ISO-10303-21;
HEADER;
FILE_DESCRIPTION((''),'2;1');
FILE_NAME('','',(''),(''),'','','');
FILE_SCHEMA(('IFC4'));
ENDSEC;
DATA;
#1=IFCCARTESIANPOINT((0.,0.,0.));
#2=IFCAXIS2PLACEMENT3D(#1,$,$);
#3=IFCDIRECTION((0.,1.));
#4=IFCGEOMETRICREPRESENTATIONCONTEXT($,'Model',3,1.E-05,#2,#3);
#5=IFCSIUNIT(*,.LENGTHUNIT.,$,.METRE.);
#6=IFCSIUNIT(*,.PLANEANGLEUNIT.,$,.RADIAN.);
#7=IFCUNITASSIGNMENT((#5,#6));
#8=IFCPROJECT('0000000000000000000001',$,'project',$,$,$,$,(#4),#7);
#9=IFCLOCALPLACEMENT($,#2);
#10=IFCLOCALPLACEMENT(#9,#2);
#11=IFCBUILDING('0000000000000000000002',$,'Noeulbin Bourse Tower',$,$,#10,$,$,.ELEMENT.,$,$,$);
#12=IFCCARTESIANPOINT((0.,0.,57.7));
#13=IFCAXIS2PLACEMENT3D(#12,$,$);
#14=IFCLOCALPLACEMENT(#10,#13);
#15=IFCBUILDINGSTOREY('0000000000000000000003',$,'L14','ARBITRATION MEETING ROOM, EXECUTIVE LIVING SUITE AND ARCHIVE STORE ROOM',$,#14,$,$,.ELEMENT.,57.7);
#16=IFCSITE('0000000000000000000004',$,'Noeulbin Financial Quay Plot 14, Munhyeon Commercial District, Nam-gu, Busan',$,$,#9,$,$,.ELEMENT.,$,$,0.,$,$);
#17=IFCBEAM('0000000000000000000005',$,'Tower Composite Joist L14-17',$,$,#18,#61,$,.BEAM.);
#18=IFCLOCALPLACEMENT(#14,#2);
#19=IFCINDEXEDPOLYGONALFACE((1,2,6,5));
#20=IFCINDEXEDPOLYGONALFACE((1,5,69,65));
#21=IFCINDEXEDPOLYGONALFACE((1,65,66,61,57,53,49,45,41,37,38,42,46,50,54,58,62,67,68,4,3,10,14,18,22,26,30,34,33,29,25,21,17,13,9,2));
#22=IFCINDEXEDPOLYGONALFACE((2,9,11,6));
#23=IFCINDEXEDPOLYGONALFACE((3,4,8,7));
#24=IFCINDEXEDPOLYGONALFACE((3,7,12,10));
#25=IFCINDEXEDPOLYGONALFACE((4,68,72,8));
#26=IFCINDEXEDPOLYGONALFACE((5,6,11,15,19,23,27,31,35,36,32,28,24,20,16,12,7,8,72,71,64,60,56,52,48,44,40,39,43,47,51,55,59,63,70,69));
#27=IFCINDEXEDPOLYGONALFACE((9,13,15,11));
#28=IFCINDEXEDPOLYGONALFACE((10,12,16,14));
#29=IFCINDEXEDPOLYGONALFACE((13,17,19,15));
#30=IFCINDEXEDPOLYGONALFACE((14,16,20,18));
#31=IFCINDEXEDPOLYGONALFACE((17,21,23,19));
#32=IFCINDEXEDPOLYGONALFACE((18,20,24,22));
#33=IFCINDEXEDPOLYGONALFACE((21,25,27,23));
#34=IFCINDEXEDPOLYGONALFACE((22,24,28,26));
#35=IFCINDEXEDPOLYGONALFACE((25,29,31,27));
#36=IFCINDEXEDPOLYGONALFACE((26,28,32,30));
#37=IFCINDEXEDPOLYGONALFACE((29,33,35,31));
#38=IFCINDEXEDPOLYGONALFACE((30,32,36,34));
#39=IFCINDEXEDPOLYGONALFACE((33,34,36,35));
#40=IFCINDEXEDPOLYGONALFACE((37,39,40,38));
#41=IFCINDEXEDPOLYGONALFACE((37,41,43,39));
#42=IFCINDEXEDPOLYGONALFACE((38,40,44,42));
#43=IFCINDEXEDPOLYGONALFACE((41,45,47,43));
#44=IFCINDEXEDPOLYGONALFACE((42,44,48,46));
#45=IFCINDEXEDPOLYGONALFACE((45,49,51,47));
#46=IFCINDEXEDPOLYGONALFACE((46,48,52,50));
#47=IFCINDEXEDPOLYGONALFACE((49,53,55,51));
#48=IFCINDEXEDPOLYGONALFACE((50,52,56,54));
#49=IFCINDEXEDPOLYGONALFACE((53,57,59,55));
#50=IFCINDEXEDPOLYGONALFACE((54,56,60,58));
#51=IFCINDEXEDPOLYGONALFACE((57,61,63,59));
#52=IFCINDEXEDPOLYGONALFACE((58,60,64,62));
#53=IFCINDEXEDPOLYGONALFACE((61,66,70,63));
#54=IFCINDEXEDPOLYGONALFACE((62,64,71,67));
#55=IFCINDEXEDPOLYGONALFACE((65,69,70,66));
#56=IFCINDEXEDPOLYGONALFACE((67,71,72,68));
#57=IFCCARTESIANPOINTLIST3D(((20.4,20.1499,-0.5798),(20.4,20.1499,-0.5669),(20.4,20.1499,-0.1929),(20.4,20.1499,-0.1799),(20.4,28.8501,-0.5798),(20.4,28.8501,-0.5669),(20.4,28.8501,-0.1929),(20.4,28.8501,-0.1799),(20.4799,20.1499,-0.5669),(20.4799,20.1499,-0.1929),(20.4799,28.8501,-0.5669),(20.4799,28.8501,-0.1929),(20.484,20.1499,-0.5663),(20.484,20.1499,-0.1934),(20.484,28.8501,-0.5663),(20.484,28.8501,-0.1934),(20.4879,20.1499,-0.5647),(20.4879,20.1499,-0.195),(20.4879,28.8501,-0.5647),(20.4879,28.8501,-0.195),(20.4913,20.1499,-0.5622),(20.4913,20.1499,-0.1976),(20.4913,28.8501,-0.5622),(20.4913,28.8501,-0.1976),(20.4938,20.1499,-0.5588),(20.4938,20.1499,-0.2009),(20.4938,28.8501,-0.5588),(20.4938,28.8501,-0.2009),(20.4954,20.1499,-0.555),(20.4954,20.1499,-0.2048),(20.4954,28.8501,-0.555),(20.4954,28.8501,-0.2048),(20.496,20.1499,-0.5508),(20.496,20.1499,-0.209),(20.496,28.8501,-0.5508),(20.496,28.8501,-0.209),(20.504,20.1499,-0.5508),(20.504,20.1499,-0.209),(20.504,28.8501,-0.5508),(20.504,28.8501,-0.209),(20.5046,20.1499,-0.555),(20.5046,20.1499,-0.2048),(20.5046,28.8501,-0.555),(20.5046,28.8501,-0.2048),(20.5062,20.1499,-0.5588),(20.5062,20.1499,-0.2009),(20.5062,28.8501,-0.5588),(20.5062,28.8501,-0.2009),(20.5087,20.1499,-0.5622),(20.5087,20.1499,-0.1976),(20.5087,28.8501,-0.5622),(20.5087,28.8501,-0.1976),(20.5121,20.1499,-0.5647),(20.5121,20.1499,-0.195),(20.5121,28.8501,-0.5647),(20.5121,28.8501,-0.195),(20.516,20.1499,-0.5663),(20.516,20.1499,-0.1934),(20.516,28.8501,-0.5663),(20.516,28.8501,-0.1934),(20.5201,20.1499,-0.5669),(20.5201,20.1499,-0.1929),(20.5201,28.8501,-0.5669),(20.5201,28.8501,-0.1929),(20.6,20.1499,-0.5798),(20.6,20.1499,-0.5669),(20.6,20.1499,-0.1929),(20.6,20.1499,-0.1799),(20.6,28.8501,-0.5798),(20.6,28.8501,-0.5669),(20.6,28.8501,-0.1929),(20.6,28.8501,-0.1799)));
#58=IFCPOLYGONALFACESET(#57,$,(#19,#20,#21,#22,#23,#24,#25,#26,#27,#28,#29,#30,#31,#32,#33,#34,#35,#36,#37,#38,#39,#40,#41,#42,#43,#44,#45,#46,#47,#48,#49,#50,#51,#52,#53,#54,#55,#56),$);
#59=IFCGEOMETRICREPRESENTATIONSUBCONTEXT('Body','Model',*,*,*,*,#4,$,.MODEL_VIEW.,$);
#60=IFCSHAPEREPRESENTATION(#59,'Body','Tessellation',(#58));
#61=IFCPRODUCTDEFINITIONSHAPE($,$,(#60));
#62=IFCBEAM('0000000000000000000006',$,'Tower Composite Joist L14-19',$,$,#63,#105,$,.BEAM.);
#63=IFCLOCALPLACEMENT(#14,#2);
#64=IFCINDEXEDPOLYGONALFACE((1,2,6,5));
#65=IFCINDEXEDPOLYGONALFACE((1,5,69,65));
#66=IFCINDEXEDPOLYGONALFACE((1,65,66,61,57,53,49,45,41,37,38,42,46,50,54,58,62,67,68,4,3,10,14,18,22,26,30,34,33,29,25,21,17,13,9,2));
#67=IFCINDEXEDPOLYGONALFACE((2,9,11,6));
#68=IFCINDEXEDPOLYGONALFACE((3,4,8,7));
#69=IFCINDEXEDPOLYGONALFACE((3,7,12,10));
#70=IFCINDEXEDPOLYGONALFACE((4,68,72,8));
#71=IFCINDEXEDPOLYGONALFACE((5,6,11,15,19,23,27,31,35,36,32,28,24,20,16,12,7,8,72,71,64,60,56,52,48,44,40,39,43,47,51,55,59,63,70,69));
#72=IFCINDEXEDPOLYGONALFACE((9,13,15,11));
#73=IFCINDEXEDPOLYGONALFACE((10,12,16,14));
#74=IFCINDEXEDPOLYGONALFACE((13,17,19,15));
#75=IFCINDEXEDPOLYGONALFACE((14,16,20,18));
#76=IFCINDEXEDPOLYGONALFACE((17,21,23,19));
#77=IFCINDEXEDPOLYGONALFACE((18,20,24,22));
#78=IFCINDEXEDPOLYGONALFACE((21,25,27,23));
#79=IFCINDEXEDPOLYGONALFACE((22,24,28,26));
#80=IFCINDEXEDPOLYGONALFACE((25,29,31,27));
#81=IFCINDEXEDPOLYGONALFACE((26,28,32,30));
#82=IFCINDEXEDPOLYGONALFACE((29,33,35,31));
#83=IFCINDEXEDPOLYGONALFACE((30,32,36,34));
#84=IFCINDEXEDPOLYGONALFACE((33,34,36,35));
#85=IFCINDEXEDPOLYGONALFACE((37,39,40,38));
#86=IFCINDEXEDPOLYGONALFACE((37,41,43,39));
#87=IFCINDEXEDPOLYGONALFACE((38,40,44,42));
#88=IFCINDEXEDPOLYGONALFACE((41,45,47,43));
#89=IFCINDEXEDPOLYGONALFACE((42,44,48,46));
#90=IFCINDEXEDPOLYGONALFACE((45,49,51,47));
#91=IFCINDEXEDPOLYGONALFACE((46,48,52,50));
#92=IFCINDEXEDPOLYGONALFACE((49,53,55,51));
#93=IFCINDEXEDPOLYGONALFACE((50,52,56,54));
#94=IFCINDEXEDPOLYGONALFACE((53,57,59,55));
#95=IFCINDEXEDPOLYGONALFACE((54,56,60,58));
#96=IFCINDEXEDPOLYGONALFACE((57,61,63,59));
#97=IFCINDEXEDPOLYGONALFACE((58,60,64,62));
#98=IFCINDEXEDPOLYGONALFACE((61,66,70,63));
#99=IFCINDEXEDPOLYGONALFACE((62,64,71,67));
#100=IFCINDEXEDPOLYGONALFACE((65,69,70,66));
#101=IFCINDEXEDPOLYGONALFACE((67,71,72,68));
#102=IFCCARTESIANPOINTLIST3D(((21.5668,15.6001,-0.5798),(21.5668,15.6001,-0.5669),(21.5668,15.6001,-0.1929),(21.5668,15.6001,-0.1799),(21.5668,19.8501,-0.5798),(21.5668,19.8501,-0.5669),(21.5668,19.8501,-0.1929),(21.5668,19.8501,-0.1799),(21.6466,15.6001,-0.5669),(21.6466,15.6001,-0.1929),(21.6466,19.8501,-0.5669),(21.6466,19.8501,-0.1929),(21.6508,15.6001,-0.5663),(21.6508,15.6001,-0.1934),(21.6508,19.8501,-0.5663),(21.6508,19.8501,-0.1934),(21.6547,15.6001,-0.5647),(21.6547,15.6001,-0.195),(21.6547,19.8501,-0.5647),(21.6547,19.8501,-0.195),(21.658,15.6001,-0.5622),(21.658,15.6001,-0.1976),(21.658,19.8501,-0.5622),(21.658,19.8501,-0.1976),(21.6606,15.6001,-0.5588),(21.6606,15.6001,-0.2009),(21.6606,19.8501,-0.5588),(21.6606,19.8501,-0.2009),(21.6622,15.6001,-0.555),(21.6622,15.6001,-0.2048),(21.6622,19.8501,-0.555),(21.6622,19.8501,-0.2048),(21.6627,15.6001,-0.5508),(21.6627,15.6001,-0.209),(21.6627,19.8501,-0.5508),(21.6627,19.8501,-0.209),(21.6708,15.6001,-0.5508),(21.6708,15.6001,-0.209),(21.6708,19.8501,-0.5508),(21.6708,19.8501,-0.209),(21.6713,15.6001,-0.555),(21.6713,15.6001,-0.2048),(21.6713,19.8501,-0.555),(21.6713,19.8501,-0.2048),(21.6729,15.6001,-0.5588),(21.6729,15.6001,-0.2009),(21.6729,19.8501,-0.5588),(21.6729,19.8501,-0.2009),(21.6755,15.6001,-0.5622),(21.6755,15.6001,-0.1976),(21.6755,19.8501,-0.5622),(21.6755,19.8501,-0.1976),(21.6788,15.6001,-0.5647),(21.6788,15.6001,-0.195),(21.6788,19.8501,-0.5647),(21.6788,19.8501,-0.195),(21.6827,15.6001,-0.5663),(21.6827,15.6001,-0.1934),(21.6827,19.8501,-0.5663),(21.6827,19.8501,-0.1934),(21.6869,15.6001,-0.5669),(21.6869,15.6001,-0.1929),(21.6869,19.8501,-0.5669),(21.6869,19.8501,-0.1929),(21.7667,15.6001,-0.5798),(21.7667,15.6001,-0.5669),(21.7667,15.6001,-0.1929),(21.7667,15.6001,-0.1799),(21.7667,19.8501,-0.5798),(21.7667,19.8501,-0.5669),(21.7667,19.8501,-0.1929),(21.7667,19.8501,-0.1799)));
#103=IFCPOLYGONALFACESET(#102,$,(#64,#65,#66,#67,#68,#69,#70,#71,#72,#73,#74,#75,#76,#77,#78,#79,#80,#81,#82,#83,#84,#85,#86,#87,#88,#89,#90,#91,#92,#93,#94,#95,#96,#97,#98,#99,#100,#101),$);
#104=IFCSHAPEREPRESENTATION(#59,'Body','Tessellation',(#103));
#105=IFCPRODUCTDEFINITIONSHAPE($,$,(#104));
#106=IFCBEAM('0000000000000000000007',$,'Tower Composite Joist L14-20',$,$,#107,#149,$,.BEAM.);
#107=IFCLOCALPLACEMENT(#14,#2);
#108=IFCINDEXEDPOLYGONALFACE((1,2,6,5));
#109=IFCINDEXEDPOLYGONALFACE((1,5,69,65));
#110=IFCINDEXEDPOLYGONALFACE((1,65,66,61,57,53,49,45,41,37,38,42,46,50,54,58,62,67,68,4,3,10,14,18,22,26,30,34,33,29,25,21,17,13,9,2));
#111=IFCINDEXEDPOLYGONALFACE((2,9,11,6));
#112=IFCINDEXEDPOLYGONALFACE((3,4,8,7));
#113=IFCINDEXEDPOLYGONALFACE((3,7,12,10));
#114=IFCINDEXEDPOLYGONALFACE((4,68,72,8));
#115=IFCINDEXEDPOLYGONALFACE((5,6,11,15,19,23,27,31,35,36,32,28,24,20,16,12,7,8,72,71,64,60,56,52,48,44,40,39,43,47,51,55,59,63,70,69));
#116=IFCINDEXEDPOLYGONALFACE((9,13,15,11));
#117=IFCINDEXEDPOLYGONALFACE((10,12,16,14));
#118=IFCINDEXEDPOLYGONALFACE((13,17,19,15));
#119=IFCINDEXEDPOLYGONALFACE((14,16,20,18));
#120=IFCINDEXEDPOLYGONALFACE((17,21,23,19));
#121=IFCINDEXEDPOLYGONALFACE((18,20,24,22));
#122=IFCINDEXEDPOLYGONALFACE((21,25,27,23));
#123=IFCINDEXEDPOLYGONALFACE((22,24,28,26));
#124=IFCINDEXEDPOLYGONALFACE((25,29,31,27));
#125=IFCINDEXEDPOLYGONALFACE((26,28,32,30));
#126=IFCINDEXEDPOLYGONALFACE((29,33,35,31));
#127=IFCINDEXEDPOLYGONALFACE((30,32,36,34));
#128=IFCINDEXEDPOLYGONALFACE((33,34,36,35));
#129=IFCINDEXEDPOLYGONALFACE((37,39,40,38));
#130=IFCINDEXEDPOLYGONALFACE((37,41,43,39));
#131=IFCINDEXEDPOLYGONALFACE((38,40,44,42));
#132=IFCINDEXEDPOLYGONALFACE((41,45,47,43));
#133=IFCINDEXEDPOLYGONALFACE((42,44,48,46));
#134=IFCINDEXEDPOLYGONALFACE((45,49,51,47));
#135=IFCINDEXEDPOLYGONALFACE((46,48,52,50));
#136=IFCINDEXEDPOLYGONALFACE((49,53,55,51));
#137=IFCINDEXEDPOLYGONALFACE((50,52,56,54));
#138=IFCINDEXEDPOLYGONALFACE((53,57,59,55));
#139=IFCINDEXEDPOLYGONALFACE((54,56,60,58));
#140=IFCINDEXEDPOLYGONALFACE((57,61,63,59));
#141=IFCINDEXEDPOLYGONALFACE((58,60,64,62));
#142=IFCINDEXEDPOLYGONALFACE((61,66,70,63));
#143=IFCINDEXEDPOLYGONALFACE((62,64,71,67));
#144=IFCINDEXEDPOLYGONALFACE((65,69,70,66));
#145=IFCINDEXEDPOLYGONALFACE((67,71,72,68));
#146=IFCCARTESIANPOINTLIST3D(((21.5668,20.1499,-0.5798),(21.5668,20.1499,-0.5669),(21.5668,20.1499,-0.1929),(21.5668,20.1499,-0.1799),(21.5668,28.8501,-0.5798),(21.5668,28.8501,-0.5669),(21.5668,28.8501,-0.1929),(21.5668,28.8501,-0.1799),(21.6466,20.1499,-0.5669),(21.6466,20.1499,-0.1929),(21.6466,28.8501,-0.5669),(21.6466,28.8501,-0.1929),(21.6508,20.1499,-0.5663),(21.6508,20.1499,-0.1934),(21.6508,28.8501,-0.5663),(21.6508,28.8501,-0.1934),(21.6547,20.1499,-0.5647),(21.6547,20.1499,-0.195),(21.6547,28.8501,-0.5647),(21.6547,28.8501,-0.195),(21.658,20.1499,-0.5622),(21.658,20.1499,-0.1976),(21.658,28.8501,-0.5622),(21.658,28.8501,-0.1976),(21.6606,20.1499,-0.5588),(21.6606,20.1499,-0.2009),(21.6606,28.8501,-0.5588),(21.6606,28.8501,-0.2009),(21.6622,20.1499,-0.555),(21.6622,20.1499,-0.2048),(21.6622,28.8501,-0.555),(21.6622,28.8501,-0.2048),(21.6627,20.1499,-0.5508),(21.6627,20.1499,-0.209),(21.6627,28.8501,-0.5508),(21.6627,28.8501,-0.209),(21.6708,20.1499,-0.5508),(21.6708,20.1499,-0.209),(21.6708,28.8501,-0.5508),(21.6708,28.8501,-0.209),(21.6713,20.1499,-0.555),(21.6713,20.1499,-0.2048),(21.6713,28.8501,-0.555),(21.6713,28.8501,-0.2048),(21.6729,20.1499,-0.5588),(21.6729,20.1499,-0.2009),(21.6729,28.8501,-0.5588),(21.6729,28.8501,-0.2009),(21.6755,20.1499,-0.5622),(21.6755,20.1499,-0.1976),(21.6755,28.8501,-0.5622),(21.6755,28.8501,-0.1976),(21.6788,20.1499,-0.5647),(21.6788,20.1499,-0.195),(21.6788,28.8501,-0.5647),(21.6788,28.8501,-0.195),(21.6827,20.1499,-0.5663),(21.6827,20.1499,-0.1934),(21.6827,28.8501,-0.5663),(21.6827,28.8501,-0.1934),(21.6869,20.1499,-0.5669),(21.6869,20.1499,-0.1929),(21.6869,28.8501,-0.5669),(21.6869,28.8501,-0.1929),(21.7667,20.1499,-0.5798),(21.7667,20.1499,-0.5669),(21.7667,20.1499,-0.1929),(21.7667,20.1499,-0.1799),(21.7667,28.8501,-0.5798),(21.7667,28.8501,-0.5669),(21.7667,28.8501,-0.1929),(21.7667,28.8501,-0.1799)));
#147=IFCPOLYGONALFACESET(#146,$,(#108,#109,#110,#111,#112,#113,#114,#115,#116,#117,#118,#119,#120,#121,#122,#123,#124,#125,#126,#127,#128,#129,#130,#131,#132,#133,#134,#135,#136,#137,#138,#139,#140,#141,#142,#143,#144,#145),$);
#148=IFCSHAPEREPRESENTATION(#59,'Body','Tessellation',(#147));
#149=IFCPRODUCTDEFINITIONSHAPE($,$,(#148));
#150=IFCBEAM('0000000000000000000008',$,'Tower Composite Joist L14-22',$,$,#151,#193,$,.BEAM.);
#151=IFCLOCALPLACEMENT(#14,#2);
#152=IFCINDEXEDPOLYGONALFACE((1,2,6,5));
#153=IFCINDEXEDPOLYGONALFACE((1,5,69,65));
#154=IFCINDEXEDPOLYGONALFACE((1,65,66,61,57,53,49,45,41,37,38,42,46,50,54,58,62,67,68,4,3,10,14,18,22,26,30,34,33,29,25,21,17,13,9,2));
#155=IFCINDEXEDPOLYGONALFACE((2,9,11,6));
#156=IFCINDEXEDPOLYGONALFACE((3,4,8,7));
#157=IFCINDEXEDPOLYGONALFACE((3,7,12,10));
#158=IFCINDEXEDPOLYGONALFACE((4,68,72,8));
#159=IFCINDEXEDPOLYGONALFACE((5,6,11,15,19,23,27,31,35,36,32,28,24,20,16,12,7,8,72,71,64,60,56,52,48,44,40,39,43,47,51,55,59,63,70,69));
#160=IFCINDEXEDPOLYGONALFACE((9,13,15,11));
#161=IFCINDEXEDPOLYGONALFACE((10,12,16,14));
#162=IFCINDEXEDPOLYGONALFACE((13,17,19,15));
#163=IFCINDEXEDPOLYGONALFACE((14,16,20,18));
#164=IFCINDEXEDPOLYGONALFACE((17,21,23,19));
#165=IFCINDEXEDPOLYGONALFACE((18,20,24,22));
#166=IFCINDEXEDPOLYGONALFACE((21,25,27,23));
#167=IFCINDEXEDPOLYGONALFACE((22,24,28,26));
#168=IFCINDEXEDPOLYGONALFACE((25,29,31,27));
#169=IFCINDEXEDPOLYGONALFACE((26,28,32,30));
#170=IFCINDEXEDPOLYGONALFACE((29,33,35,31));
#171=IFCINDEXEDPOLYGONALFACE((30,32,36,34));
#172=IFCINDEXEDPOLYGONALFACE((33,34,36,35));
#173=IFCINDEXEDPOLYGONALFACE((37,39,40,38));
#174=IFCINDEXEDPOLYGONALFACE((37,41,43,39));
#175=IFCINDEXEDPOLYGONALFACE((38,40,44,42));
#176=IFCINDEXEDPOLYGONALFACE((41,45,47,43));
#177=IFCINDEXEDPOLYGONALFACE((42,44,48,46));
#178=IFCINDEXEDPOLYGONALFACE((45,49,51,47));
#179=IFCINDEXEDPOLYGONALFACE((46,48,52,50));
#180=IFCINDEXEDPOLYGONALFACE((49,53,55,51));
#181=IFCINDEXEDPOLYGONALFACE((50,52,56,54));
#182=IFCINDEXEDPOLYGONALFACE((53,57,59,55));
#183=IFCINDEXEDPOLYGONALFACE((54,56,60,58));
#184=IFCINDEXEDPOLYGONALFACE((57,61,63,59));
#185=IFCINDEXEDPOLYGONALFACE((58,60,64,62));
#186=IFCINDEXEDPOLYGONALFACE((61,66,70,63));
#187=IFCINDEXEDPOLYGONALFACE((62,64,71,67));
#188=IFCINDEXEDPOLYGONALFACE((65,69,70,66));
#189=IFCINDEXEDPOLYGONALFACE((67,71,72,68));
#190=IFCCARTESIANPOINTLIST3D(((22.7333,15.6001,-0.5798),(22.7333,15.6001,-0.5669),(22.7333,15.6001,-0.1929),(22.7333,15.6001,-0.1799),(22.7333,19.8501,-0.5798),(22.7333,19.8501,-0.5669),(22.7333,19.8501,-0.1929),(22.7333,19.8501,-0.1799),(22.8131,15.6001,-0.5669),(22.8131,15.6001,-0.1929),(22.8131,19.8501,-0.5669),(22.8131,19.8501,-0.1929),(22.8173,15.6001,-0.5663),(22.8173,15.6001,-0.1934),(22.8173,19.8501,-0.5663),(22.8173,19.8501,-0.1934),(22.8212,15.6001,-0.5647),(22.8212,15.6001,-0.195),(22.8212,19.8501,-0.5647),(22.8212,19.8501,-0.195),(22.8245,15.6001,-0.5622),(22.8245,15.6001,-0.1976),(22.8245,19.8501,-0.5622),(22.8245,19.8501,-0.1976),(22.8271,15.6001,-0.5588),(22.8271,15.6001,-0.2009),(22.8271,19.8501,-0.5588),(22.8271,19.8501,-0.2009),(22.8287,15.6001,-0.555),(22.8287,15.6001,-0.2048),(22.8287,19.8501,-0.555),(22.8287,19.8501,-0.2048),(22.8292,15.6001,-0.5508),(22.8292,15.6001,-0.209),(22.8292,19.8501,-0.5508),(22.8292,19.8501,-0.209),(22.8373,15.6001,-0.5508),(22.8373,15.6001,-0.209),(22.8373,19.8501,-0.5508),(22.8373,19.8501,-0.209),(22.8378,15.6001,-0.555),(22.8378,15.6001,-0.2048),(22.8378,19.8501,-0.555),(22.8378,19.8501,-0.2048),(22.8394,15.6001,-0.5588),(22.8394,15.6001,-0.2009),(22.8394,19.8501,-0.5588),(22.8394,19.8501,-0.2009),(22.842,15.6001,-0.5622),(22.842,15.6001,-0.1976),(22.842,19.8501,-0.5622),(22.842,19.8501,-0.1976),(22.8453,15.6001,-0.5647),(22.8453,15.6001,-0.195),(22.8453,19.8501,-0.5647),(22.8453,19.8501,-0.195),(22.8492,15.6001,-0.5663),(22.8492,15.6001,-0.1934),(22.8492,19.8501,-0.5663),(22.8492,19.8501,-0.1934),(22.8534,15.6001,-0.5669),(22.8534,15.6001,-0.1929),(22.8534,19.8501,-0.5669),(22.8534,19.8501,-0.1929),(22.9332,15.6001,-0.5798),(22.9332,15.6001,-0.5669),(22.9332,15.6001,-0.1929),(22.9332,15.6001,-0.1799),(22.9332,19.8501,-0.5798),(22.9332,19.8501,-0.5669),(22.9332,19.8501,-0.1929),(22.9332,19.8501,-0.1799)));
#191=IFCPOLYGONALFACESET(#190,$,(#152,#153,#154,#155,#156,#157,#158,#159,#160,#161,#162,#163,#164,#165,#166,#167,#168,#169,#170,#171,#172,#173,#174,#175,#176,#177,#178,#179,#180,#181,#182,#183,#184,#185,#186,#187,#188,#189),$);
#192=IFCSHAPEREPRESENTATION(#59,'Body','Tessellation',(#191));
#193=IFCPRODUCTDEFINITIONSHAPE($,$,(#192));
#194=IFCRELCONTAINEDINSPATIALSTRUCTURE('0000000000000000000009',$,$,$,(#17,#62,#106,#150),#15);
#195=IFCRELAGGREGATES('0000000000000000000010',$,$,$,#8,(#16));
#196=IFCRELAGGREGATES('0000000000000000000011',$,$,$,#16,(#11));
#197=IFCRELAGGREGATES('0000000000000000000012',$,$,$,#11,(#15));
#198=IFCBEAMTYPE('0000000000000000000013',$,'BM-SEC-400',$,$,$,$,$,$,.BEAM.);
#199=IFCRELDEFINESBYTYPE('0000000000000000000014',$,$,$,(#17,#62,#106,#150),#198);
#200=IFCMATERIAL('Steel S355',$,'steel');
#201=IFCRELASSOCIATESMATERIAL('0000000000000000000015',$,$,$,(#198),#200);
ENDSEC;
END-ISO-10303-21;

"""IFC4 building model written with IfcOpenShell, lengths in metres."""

from ifc_helpers import new_model, si_unit, direction, frame, origin, origin_2d, place, context, subcontext, project, spatial, i_section, extrude, material, material_profile, profile_set, type_object, element, save


model = new_model("IFC4")

# Units and contexts
model_context = context("Model", 3, precision=1e-05, world=origin(), true_north=direction((0.0, 1.0)))
body_context = subcontext(model_context, "Body", "Model", "MODEL_VIEW")
ifc_project = project(units=[si_unit("LENGTHUNIT", "METRE"), si_unit("PLANEANGLEUNIT", "RADIAN")], contexts=[model_context])

# Site, building, storey
site_placement = place(None, origin())
site = spatial("IfcSite", under=ifc_project, at=site_placement, Name="Noeulbin Financial Quay Plot 14, Munhyeon Commercial District, Nam-gu, Busan", CompositionType="ELEMENT", RefElevation=0.0)
building_placement = place(site_placement, origin())
building = spatial("IfcBuilding", under=site, at=building_placement, Name="Noeulbin Bourse Tower", CompositionType="ELEMENT")
storey_placement = place(building_placement, frame((0.0, 0.0, 57.7)))
storey = spatial("IfcBuildingStorey", under=building, at=storey_placement, Name="L14", Description="ARBITRATION MEETING ROOM, EXECUTIVE LIVING SUITE AND ARCHIVE STORE ROOM", CompositionType="ELEMENT", Elevation=57.7)

# Beams
ifc_material_1 = material(Name="Steel S355", Category="steel")
ifc_material_profile_1 = material_profile(ifc_material_1, i_section(OverallWidth=0.2, OverallDepth=0.3999, WebThickness=0.0081, FlangeThickness=0.0129, FilletRadius=0.0161, at=origin_2d()), Name="H-400x200x8x13", Category="LoadBearing")
ifc_profile_set_1 = profile_set([ifc_material_profile_1], Name="Steel S355")
beam_type_1 = type_object("IfcBeamType", Name="BM-SEC-400", PredefinedType="BEAM", material=ifc_profile_set_1)
beam_1_placement = place(storey_placement, frame((20.5, 20.1499, -0.3799), z_axis=(0.0, 1.0, 0.0), x_axis=(-1.0, 0.0, 0.0)))
element("IfcBeam", 1, at=beam_1_placement, inside=storey, type_object=beam_type_1, Name="Tower Composite Joist L14-17", PredefinedType="BEAM", context=body_context, shape_type="SweptSolid", body=[
    extrude(i_section(OverallWidth=0.2, OverallDepth=0.3999, WebThickness=0.0081, FlangeThickness=0.0129, FilletRadius=0.0161, at=origin_2d()), origin(), (0.0, 0.0, 1.0), 8.7002),
])
beam_2_placement = place(storey_placement, frame((21.6667, 15.6001, -0.3799), z_axis=(0.0, 1.0, 0.0), x_axis=(-1.0, 0.0, 0.0)))
element("IfcBeam", 2, at=beam_2_placement, inside=storey, type_object=beam_type_1, Name="Tower Composite Joist L14-19", PredefinedType="BEAM", context=body_context, shape_type="SweptSolid", body=[
    extrude(i_section(OverallWidth=0.2, OverallDepth=0.3999, WebThickness=0.0081, FlangeThickness=0.0129, FilletRadius=0.0161, at=origin_2d()), origin(), (0.0, 0.0, 1.0), 4.25),
])
beam_3_placement = place(storey_placement, frame((21.6667, 20.1499, -0.3799), z_axis=(0.0, 1.0, 0.0), x_axis=(-1.0, 0.0, 0.0)))
element("IfcBeam", 3, at=beam_3_placement, inside=storey, type_object=beam_type_1, Name="Tower Composite Joist L14-20", PredefinedType="BEAM", context=body_context, shape_type="SweptSolid", body=[
    extrude(i_section(OverallWidth=0.2, OverallDepth=0.3999, WebThickness=0.0081, FlangeThickness=0.0129, FilletRadius=0.0161, at=origin_2d()), origin(), (0.0, 0.0, 1.0), 8.7002),
])
beam_4_placement = place(storey_placement, frame((22.8333, 15.6001, -0.3799), z_axis=(0.0, 1.0, 0.0), x_axis=(-1.0, 0.0, 0.0)))
element("IfcBeam", 4, at=beam_4_placement, inside=storey, type_object=beam_type_1, Name="Tower Composite Joist L14-22", PredefinedType="BEAM", context=body_context, shape_type="SweptSolid", body=[
    extrude(i_section(OverallWidth=0.2, OverallDepth=0.3999, WebThickness=0.0081, FlangeThickness=0.0129, FilletRadius=0.0161, at=origin_2d()), origin(), (0.0, 0.0, 1.0), 4.25),
])

save(model, "model.ifc")
